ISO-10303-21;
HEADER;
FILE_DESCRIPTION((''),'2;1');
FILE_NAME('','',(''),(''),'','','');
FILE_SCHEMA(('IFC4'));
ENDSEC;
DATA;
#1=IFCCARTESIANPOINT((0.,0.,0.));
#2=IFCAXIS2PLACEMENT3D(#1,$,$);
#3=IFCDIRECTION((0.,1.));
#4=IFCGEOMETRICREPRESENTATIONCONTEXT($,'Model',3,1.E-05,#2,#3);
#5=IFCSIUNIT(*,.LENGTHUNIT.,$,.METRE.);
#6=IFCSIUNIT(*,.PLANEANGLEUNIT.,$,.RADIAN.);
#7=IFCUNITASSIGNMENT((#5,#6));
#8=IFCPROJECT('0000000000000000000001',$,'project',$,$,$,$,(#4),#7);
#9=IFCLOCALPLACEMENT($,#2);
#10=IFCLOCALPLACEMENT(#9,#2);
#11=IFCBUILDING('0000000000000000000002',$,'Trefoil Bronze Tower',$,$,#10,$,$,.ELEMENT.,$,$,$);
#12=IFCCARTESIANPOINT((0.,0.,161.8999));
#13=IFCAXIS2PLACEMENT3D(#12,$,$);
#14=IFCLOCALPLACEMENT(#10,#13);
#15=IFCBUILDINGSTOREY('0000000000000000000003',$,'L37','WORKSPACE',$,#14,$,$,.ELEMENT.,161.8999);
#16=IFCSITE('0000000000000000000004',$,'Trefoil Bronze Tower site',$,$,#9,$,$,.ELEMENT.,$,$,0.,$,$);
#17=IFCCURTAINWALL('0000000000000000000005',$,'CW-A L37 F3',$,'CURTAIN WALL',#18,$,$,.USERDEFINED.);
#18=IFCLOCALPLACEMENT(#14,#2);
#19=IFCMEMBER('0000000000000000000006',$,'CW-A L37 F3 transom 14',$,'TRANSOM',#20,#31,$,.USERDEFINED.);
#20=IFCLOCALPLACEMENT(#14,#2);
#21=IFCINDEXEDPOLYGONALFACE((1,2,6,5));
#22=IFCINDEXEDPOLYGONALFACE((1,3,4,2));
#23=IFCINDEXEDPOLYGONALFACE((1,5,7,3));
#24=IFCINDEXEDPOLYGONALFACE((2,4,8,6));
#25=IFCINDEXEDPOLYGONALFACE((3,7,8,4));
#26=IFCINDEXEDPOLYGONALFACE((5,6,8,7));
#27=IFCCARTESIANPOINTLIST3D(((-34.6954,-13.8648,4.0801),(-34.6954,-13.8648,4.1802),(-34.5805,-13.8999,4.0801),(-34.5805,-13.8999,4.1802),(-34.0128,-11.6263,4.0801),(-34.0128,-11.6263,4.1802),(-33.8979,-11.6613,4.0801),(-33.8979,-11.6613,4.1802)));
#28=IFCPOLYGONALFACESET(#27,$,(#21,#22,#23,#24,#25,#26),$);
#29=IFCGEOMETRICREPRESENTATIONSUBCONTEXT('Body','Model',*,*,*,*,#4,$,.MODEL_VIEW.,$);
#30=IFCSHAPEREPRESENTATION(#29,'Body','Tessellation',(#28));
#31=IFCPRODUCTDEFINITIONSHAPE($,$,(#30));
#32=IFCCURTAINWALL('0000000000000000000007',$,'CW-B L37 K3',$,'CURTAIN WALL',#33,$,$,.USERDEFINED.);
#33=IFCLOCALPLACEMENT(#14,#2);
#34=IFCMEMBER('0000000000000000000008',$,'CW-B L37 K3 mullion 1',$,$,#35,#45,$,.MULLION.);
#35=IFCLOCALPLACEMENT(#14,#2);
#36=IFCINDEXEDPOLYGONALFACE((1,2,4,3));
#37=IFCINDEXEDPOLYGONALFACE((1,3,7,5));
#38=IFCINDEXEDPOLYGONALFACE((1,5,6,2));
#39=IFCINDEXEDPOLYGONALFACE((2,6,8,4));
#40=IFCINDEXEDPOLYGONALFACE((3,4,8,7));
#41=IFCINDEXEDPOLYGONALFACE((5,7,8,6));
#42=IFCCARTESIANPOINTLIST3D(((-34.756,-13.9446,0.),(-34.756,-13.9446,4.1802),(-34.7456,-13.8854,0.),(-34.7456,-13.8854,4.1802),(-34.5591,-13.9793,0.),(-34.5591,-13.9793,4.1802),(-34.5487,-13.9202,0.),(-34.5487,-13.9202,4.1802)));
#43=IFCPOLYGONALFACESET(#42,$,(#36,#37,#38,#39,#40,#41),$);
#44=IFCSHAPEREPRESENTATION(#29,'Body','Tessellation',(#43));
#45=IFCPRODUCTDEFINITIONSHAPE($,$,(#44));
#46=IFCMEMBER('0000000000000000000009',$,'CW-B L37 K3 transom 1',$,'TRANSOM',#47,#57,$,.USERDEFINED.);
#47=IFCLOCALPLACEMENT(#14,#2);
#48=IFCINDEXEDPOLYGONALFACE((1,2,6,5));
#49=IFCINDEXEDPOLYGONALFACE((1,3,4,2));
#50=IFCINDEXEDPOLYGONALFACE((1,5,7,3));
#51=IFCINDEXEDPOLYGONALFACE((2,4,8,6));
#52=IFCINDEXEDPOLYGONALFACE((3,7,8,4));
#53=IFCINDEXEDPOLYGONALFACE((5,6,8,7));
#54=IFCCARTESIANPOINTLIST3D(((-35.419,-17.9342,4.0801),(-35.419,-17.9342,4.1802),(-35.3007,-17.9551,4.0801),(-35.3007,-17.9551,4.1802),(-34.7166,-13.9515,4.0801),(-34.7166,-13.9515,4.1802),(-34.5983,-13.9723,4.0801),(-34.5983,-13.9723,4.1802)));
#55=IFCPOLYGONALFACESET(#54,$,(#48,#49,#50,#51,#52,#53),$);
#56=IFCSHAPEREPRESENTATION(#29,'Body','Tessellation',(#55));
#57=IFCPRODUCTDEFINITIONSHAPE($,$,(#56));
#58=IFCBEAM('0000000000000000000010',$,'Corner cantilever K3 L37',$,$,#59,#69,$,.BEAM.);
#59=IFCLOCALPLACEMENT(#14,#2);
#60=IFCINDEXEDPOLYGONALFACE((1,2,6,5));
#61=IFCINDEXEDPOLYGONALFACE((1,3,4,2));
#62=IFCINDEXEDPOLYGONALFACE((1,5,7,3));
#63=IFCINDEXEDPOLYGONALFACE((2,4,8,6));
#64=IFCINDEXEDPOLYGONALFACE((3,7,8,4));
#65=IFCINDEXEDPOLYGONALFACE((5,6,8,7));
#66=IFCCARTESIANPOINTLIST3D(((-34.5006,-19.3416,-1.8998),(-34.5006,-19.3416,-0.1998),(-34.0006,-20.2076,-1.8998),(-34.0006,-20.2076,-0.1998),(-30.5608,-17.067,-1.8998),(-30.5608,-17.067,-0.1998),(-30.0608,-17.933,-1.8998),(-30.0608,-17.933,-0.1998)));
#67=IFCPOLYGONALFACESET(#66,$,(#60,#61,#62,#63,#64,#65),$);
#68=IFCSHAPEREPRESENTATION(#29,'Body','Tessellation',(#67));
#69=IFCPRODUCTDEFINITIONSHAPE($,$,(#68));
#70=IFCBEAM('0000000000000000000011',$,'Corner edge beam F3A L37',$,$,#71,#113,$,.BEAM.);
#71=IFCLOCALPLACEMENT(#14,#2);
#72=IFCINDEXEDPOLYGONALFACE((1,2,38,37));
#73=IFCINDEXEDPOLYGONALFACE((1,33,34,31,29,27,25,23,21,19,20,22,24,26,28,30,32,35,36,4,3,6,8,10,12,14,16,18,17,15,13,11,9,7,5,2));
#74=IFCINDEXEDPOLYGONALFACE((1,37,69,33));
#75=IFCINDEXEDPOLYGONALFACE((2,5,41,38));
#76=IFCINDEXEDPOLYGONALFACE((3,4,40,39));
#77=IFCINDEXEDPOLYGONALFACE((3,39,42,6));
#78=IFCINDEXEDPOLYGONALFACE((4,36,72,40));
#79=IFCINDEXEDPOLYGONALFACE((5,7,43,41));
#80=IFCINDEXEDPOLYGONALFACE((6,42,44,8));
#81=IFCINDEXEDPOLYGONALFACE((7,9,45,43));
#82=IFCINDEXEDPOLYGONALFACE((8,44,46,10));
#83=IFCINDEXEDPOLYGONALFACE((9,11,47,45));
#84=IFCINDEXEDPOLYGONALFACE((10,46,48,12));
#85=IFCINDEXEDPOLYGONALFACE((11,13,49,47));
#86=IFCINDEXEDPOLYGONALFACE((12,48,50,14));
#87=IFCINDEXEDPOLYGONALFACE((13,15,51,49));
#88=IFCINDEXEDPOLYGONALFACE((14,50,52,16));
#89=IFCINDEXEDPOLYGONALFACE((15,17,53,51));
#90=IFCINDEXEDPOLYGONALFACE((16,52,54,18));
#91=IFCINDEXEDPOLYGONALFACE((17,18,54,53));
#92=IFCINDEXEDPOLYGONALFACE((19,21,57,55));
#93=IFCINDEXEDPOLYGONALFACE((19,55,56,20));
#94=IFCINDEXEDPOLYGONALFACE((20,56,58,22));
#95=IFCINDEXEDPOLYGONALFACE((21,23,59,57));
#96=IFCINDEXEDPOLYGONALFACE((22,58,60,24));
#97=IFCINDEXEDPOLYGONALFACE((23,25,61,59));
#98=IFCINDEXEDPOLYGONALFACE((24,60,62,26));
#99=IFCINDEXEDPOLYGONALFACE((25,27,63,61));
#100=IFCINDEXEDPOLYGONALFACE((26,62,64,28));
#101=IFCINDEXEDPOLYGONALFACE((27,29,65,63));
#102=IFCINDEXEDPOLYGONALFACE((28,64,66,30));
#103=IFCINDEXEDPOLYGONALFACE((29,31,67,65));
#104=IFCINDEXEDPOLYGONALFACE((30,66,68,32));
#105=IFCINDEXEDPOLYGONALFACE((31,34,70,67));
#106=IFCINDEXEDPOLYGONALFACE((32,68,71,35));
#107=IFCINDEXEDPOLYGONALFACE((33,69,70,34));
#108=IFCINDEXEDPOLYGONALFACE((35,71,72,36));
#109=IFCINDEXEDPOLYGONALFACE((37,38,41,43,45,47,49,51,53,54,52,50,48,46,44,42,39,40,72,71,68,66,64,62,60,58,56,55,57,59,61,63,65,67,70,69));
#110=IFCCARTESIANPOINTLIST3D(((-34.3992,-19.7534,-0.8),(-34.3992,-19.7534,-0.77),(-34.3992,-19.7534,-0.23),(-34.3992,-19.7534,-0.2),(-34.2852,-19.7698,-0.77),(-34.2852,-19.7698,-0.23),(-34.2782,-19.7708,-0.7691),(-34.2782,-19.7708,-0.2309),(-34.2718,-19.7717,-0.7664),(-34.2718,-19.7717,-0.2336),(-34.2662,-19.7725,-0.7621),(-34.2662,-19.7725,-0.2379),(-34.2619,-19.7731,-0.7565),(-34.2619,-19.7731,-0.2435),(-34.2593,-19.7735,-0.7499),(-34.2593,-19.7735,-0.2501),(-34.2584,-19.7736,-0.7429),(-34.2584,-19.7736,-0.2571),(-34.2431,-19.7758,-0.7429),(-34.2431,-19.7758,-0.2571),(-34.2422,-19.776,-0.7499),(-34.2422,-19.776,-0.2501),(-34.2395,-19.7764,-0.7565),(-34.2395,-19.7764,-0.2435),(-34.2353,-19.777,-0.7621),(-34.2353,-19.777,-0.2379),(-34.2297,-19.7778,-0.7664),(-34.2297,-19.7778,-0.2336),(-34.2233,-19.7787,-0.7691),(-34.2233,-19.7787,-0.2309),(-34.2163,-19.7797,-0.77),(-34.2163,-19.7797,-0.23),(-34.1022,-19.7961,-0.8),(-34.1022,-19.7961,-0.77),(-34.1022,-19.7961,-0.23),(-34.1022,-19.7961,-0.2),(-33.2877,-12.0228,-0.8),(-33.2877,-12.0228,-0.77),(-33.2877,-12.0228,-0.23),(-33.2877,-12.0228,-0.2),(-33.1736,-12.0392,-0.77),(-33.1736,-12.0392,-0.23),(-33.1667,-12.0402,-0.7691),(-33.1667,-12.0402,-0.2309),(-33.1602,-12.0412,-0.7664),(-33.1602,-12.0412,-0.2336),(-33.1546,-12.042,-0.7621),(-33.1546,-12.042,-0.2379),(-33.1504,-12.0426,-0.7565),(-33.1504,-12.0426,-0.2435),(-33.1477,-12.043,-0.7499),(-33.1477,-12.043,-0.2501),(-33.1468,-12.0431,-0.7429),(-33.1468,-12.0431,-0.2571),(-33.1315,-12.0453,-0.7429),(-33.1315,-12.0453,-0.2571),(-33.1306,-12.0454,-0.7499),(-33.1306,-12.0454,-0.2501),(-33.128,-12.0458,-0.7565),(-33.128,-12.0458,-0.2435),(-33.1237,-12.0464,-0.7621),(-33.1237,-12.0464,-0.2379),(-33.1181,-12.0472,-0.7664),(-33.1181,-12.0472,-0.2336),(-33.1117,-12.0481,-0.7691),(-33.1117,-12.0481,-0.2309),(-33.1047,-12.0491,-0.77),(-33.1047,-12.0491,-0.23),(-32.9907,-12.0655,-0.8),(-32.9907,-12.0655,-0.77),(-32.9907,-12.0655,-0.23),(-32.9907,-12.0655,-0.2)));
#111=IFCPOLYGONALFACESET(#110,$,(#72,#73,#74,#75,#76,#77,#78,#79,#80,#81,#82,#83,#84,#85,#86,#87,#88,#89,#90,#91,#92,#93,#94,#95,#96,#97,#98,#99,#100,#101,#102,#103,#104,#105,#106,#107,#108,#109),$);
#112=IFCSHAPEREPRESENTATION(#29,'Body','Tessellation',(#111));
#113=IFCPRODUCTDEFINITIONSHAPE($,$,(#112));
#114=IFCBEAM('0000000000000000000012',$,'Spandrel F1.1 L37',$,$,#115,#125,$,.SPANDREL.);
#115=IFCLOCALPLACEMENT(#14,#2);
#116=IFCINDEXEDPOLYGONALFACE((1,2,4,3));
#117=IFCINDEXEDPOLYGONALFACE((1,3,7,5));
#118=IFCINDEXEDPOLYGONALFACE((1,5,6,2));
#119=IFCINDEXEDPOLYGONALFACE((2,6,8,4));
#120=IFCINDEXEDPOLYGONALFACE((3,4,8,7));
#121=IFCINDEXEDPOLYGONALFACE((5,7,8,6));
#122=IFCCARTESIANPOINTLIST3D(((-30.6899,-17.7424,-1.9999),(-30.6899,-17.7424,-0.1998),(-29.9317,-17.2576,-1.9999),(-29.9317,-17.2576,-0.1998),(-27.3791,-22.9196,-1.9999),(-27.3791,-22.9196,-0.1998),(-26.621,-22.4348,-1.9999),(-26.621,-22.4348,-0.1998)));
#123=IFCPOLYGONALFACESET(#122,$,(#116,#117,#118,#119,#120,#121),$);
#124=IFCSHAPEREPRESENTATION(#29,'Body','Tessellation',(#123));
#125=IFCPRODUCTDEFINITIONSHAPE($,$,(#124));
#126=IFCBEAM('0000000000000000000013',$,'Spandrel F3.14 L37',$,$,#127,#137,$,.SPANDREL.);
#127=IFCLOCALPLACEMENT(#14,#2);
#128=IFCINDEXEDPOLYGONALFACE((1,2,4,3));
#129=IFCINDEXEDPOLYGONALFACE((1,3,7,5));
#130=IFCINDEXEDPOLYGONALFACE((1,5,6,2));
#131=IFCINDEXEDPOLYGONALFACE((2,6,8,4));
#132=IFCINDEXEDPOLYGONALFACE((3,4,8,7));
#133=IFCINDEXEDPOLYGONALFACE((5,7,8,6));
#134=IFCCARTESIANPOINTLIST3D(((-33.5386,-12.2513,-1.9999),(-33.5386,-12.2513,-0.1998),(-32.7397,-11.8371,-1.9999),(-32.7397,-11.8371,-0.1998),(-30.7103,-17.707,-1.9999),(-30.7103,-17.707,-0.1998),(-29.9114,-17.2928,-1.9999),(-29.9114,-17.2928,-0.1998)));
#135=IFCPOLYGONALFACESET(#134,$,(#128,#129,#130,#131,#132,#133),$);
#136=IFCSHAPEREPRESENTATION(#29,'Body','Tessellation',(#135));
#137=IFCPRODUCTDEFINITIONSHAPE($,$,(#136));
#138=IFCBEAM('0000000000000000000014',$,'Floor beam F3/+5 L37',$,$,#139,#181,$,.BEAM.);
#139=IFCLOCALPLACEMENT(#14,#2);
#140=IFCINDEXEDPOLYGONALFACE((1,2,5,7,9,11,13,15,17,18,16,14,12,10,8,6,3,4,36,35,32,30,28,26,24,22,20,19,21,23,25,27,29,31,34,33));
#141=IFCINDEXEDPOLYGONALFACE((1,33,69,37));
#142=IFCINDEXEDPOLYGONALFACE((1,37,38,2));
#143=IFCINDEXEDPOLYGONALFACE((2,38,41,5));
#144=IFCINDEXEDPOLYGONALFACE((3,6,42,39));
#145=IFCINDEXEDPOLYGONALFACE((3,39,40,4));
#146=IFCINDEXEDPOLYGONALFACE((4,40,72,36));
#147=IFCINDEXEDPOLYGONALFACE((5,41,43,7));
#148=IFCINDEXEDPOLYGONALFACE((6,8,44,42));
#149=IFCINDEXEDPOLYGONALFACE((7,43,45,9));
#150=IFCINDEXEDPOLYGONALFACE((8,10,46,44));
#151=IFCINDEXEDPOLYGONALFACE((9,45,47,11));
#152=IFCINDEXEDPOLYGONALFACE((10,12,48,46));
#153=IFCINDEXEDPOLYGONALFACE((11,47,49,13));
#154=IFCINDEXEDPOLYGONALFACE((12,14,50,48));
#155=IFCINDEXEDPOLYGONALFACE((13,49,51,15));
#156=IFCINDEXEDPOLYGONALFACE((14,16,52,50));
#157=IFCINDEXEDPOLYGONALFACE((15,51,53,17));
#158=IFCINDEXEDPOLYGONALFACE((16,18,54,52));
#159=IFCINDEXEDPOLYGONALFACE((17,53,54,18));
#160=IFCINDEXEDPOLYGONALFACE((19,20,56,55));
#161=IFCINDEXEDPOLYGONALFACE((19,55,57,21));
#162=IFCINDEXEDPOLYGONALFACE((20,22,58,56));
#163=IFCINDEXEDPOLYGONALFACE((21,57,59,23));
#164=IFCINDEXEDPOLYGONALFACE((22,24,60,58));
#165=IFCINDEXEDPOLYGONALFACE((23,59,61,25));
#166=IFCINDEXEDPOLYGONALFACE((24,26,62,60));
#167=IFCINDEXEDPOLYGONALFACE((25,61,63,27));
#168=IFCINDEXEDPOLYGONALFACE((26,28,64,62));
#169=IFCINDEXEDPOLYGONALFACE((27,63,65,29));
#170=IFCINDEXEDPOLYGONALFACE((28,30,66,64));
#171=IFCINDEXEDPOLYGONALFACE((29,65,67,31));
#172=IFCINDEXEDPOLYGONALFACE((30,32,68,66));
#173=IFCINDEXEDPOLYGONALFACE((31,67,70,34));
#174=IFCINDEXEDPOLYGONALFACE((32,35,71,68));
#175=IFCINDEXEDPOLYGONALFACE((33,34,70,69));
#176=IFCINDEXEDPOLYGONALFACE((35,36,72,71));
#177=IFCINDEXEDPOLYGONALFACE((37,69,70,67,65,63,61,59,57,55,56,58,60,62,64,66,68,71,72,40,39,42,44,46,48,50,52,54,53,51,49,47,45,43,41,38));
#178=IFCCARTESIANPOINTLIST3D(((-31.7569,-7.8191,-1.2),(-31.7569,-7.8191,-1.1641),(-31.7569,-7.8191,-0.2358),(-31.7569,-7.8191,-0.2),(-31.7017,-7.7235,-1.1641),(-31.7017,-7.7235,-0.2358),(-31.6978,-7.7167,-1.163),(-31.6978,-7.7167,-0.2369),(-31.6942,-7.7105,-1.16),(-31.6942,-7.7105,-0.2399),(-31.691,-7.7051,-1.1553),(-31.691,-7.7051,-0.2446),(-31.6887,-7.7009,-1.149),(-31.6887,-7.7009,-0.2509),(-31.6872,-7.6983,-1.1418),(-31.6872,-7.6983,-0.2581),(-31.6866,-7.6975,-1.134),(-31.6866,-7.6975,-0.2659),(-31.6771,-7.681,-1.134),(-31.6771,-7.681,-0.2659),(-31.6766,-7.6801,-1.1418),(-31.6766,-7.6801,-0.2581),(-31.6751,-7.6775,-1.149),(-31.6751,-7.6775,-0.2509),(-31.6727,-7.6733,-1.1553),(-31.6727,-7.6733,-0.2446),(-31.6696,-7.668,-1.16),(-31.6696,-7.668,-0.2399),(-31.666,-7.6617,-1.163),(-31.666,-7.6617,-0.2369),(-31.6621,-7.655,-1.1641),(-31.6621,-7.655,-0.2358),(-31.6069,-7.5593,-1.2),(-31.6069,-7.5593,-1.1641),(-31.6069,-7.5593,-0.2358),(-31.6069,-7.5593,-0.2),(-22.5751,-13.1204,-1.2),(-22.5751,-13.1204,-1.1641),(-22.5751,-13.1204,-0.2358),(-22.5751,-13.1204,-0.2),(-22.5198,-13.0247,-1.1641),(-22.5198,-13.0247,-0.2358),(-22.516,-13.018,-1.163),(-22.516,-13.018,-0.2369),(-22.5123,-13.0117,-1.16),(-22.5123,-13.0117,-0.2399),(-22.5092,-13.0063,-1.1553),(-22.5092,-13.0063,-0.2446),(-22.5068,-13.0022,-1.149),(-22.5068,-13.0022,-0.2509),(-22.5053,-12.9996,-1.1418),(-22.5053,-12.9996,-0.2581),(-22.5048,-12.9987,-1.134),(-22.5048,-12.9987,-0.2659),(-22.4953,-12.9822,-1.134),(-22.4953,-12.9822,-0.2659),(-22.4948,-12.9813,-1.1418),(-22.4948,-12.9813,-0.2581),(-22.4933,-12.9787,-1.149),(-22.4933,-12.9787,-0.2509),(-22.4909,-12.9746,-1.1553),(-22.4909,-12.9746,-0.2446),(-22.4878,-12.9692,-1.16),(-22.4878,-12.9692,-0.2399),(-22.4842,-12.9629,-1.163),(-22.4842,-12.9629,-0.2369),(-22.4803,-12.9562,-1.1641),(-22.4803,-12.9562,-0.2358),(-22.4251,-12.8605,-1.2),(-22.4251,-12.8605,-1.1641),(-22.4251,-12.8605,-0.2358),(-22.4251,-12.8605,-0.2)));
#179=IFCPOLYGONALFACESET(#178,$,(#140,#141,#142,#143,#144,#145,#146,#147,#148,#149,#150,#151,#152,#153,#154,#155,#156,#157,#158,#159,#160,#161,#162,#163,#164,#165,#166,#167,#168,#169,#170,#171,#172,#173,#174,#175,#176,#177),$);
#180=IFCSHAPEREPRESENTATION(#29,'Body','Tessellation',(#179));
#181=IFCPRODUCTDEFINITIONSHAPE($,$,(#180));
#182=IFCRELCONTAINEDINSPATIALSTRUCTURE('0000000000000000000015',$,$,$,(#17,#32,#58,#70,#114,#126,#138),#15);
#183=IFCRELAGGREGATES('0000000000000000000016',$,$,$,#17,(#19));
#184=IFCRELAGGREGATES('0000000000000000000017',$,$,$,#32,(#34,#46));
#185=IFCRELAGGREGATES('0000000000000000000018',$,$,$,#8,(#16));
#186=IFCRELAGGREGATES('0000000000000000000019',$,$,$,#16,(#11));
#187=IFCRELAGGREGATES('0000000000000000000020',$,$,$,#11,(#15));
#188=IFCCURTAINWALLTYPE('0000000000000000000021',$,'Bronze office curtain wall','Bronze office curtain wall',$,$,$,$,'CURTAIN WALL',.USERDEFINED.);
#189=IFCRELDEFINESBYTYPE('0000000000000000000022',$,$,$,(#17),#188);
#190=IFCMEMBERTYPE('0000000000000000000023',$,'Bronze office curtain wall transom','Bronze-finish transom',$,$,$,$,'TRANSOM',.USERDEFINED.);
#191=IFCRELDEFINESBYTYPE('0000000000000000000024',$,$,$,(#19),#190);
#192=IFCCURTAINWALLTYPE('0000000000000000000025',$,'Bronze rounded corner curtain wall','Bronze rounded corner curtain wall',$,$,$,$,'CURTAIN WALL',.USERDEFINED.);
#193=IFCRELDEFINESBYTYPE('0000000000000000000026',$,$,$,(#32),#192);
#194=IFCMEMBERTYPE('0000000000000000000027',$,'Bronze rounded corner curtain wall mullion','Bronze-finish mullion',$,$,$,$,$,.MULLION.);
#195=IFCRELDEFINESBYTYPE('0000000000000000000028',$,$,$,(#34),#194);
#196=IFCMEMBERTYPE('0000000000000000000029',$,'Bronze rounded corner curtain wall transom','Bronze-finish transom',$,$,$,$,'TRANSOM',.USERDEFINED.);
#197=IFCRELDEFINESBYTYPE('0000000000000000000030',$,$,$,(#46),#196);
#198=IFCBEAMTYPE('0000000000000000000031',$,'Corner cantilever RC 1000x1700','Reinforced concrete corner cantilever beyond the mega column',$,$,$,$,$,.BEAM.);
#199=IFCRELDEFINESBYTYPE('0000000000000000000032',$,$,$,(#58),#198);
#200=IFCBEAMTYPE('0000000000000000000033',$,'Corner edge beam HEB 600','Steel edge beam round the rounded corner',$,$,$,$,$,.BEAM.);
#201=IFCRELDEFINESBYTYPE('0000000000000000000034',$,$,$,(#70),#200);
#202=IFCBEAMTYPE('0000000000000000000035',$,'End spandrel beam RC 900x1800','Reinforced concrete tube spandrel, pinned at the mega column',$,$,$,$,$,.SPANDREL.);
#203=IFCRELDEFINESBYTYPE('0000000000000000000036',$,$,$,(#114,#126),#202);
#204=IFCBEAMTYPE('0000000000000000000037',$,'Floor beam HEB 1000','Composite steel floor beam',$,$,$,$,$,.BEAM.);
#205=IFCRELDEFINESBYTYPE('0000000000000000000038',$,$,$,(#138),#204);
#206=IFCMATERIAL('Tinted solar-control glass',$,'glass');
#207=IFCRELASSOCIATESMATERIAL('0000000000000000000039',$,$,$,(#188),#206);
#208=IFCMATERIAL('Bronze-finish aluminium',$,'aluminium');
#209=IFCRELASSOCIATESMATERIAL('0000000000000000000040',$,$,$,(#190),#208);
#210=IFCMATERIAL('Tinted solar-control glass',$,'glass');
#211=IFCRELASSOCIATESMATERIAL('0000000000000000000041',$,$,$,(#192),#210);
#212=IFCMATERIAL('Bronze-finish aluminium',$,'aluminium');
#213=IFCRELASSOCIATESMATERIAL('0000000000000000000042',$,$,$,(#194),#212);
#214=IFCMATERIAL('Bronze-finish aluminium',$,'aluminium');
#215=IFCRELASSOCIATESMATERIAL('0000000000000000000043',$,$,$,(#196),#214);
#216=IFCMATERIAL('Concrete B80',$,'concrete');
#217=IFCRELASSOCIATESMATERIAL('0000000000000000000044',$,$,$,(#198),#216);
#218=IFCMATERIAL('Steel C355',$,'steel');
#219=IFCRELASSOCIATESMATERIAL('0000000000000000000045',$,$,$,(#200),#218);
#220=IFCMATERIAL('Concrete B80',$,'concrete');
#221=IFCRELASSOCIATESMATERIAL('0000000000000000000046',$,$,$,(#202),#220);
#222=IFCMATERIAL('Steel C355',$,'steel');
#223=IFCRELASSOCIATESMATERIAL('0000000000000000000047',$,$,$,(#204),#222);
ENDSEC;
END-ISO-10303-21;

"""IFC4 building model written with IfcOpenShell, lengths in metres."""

from ifc_helpers import new_model, si_unit, direction, frame, origin, origin_2d, place, context, subcontext, project, spatial, rectangle, i_section, extrude, material, material_profile, profile_set, type_object, element, aggregate, save


model = new_model("IFC4")

# Units and contexts
model_context = context("Model", 3, precision=1e-05, world=origin(), true_north=direction((0.0, 1.0)))
body_context = subcontext(model_context, "Body", "Model", "MODEL_VIEW")
ifc_project = project(units=[si_unit("LENGTHUNIT", "METRE"), si_unit("PLANEANGLEUNIT", "RADIAN")], contexts=[model_context])

# Site, building, storey
site_placement = place(None, origin())
site = spatial("IfcSite", under=ifc_project, at=site_placement, Name="Trefoil Bronze Tower site", CompositionType="ELEMENT", RefElevation=0.0)
building_placement = place(site_placement, origin())
building = spatial("IfcBuilding", under=site, at=building_placement, Name="Trefoil Bronze Tower", CompositionType="ELEMENT")
storey_placement = place(building_placement, frame((0.0, 0.0, 161.8999)))
storey = spatial("IfcBuildingStorey", under=building, at=storey_placement, Name="L37", Description="WORKSPACE", CompositionType="ELEMENT", Elevation=161.8999)

# Curtain walls, members
ifc_material_1 = material(Name="Tinted solar-control glass", Category="glass")
curtain_wall_type_1 = type_object("IfcCurtainWallType", Name="Bronze office curtain wall", Description="Bronze office curtain wall", ElementType="CURTAIN WALL", PredefinedType="USERDEFINED", material=ifc_material_1)
curtain_wall_1_placement = place(storey_placement, origin())
curtain_wall_1 = element("IfcCurtainWall", 1, at=curtain_wall_1_placement, inside=storey, type_object=curtain_wall_type_1, Name="CW-A L37 F3", ObjectType="CURTAIN WALL", PredefinedType="USERDEFINED")
ifc_material_2 = material(Name="Bronze-finish aluminium", Category="aluminium")
ifc_material_profile_1 = material_profile(ifc_material_2, rectangle(XDim=0.1201, YDim=0.1001, at=origin_2d()), Name="CW-A transom")
ifc_profile_set_1 = profile_set([ifc_material_profile_1], Name="Bronze-finish aluminium")
member_type_1 = type_object("IfcMemberType", Name="Bronze office curtain wall transom", Description="Bronze-finish transom", ElementType="TRANSOM", PredefinedType="USERDEFINED", material=ifc_profile_set_1)
member_1_placement = place(storey_placement, frame((-33.9553, -11.6438, 4.1301), z_axis=(-0.29168, -0.956516, 0.0), x_axis=(0.956516, -0.29168, 0.0)))
member_1 = element("IfcMember", 2, at=member_1_placement, type_object=member_type_1, Name="CW-A L37 F3 transom 14", ObjectType="TRANSOM", PredefinedType="USERDEFINED", context=body_context, shape_type="SweptSolid", body=[
    extrude(rectangle(XDim=0.1201, YDim=0.1001, at=origin_2d()), origin(), (0.0, 0.0, 1.0), 2.3403),
])
ifc_material_3 = material(Name="Tinted solar-control glass", Category="glass")
curtain_wall_type_2 = type_object("IfcCurtainWallType", Name="Bronze rounded corner curtain wall", Description="Bronze rounded corner curtain wall", ElementType="CURTAIN WALL", PredefinedType="USERDEFINED", material=ifc_material_3)
curtain_wall_2_placement = place(storey_placement, origin())
curtain_wall_2 = element("IfcCurtainWall", 3, at=curtain_wall_2_placement, inside=storey, type_object=curtain_wall_type_2, Name="CW-B L37 K3", ObjectType="CURTAIN WALL", PredefinedType="USERDEFINED")
ifc_material_4 = material(Name="Bronze-finish aluminium", Category="aluminium")
ifc_material_profile_2 = material_profile(ifc_material_4, rectangle(XDim=0.2, YDim=0.0601, at=origin_2d()), Name="CW-B mullion")
ifc_profile_set_2 = profile_set([ifc_material_profile_2], Name="Bronze-finish aluminium")
member_type_2 = type_object("IfcMemberType", Name="Bronze rounded corner curtain wall mullion", Description="Bronze-finish mullion", PredefinedType="MULLION", material=ifc_profile_set_2)
member_2_placement = place(storey_placement, frame((-34.6523, -13.9324, 0.0), z_axis=(0.0, 0.0, 1.0), x_axis=(0.984808, -0.173648, 0.0)))
member_2 = element("IfcMember", 4, at=member_2_placement, type_object=member_type_2, Name="CW-B L37 K3 mullion 1", PredefinedType="MULLION", context=body_context, shape_type="SweptSolid", body=[
    extrude(rectangle(XDim=0.2, YDim=0.0601, at=origin_2d()), origin(), (0.0, 0.0, 1.0), 4.1802),
])
ifc_material_5 = material(Name="Bronze-finish aluminium", Category="aluminium")
ifc_material_profile_3 = material_profile(ifc_material_5, rectangle(XDim=0.1201, YDim=0.1001, at=origin_2d()), Name="CW-B transom")
ifc_profile_set_3 = profile_set([ifc_material_profile_3], Name="Bronze-finish aluminium")
member_type_3 = type_object("IfcMemberType", Name="Bronze rounded corner curtain wall transom", Description="Bronze-finish transom", ElementType="TRANSOM", PredefinedType="USERDEFINED", material=ifc_profile_set_3)
member_3_placement = place(storey_placement, frame((-34.6575, -13.9619, 4.1301), z_axis=(-0.173682, -0.984802, 0.0), x_axis=(0.984802, -0.173682, 0.0)))
member_3 = element("IfcMember", 5, at=member_3_placement, type_object=member_type_3, Name="CW-B L37 K3 transom 1", ObjectType="TRANSOM", PredefinedType="USERDEFINED", context=body_context, shape_type="SweptSolid", body=[
    extrude(rectangle(XDim=0.1201, YDim=0.1001, at=origin_2d()), origin(), (0.0, 0.0, 1.0), 4.0442),
])

# Beams
ifc_material_6 = material(Name="Concrete B80", Category="concrete")
ifc_material_profile_4 = material_profile(ifc_material_6, rectangle(XDim=1.0, YDim=1.7, at=origin_2d()), Name="RC 1000x1700")
ifc_profile_set_4 = profile_set([ifc_material_profile_4], Name="Concrete B80")
beam_type_1 = type_object("IfcBeamType", Name="Corner cantilever RC 1000x1700", Description="Reinforced concrete corner cantilever beyond the mega column", PredefinedType="BEAM", material=ifc_profile_set_4)
beam_1_placement = place(storey_placement, frame((-30.3108, -17.5, -1.0498), z_axis=(-0.866032, -0.499989, 0.0), x_axis=(0.499989, -0.866032, 0.0)))
element("IfcBeam", 6, at=beam_1_placement, inside=storey, type_object=beam_type_1, Name="Corner cantilever K3 L37", PredefinedType="BEAM", context=body_context, shape_type="SweptSolid", body=[
    extrude(rectangle(XDim=1.0, YDim=1.7, at=origin_2d()), origin(), (0.0, 0.0, 1.0), 4.5493),
])
ifc_material_7 = material(Name="Steel C355", Category="steel")
ifc_material_profile_5 = material_profile(ifc_material_7, i_section(OverallWidth=0.3, OverallDepth=0.6001, WebThickness=0.0154, FlangeThickness=0.03, FilletRadius=0.0271, at=origin_2d()), Name="HEB 600")
ifc_profile_set_5 = profile_set([ifc_material_profile_5], Name="Steel C355")
beam_type_2 = type_object("IfcBeamType", Name="Corner edge beam HEB 600", Description="Steel edge beam round the rounded corner", PredefinedType="BEAM", material=ifc_profile_set_5)
beam_2_placement = place(storey_placement, frame((-33.1392, -12.0442, -0.5), z_axis=(-0.142327, -0.98982, 0.0), x_axis=(0.98982, -0.142327, 0.0)))
element("IfcBeam", 7, at=beam_2_placement, inside=storey, type_object=beam_type_2, Name="Corner edge beam F3A L37", PredefinedType="BEAM", context=body_context, shape_type="SweptSolid", body=[
    extrude(i_section(OverallWidth=0.3, OverallDepth=0.6001, WebThickness=0.0154, FlangeThickness=0.03, FilletRadius=0.0271, at=origin_2d()), origin(), (0.0, 0.0, 1.0), 7.8101),
])
ifc_material_8 = material(Name="Concrete B80", Category="concrete")
ifc_material_profile_6 = material_profile(ifc_material_8, rectangle(XDim=0.8999, YDim=1.8, at=origin_2d()), Name="RC 900x1800")
ifc_profile_set_6 = profile_set([ifc_material_profile_6], Name="Concrete B80")
beam_type_3 = type_object("IfcBeamType", Name="End spandrel beam RC 900x1800", Description="Reinforced concrete tube spandrel, pinned at the mega column", PredefinedType="SPANDREL", material=ifc_profile_set_6)
for number, where, z_axis, x_axis, name in (
    (8, (-30.3108, -17.5, -1.0999), (0.538748, -0.842467, 0.0), (0.842467, 0.538748, 0.0), "Spandrel F1.1 L37"),
    (9, (-33.1392, -12.0442, -1.0999), (0.460244, -0.887792, 0.0), (0.887792, 0.460244, 0.0), "Spandrel F3.14 L37"),
):
    element("IfcBeam", number, at=place(storey_placement, frame(where, z_axis=z_axis, x_axis=x_axis)), inside=storey, type_object=beam_type_3, Name=name, PredefinedType="SPANDREL", context=body_context, shape_type="SweptSolid", body=[
        extrude(rectangle(XDim=0.8999, YDim=1.8, at=origin_2d()), origin(), (0.0, 0.0, 1.0), 6.1453),
    ])
ifc_material_9 = material(Name="Steel C355", Category="steel")
ifc_material_profile_7 = material_profile(ifc_material_9, i_section(OverallWidth=0.3, OverallDepth=1.0, WebThickness=0.019, FlangeThickness=0.0359, FilletRadius=0.03, at=origin_2d()), Name="HEB 1000")
ifc_profile_set_7 = profile_set([ifc_material_profile_7], Name="Steel C355")
beam_type_4 = type_object("IfcBeamType", Name="Floor beam HEB 1000", Description="Composite steel floor beam", PredefinedType="BEAM", material=ifc_profile_set_7)
beam_3_placement = place(storey_placement, frame((-31.6819, -7.6892, -0.7), z_axis=(0.866021, -0.500007, 0.0), x_axis=(0.500007, 0.866021, 0.0)))
element("IfcBeam", 10, at=beam_3_placement, inside=storey, type_object=beam_type_4, Name="Floor beam F3/+5 L37", PredefinedType="BEAM", context=body_context, shape_type="SweptSolid", body=[
    extrude(i_section(OverallWidth=0.3, OverallDepth=1.0, WebThickness=0.019, FlangeThickness=0.0359, FilletRadius=0.03, at=origin_2d()), origin(), (0.0, 0.0, 1.0), 10.6023),
])

aggregate(curtain_wall_1, [member_1])
aggregate(curtain_wall_2, [member_2, member_3])

save(model, "model.ifc")
